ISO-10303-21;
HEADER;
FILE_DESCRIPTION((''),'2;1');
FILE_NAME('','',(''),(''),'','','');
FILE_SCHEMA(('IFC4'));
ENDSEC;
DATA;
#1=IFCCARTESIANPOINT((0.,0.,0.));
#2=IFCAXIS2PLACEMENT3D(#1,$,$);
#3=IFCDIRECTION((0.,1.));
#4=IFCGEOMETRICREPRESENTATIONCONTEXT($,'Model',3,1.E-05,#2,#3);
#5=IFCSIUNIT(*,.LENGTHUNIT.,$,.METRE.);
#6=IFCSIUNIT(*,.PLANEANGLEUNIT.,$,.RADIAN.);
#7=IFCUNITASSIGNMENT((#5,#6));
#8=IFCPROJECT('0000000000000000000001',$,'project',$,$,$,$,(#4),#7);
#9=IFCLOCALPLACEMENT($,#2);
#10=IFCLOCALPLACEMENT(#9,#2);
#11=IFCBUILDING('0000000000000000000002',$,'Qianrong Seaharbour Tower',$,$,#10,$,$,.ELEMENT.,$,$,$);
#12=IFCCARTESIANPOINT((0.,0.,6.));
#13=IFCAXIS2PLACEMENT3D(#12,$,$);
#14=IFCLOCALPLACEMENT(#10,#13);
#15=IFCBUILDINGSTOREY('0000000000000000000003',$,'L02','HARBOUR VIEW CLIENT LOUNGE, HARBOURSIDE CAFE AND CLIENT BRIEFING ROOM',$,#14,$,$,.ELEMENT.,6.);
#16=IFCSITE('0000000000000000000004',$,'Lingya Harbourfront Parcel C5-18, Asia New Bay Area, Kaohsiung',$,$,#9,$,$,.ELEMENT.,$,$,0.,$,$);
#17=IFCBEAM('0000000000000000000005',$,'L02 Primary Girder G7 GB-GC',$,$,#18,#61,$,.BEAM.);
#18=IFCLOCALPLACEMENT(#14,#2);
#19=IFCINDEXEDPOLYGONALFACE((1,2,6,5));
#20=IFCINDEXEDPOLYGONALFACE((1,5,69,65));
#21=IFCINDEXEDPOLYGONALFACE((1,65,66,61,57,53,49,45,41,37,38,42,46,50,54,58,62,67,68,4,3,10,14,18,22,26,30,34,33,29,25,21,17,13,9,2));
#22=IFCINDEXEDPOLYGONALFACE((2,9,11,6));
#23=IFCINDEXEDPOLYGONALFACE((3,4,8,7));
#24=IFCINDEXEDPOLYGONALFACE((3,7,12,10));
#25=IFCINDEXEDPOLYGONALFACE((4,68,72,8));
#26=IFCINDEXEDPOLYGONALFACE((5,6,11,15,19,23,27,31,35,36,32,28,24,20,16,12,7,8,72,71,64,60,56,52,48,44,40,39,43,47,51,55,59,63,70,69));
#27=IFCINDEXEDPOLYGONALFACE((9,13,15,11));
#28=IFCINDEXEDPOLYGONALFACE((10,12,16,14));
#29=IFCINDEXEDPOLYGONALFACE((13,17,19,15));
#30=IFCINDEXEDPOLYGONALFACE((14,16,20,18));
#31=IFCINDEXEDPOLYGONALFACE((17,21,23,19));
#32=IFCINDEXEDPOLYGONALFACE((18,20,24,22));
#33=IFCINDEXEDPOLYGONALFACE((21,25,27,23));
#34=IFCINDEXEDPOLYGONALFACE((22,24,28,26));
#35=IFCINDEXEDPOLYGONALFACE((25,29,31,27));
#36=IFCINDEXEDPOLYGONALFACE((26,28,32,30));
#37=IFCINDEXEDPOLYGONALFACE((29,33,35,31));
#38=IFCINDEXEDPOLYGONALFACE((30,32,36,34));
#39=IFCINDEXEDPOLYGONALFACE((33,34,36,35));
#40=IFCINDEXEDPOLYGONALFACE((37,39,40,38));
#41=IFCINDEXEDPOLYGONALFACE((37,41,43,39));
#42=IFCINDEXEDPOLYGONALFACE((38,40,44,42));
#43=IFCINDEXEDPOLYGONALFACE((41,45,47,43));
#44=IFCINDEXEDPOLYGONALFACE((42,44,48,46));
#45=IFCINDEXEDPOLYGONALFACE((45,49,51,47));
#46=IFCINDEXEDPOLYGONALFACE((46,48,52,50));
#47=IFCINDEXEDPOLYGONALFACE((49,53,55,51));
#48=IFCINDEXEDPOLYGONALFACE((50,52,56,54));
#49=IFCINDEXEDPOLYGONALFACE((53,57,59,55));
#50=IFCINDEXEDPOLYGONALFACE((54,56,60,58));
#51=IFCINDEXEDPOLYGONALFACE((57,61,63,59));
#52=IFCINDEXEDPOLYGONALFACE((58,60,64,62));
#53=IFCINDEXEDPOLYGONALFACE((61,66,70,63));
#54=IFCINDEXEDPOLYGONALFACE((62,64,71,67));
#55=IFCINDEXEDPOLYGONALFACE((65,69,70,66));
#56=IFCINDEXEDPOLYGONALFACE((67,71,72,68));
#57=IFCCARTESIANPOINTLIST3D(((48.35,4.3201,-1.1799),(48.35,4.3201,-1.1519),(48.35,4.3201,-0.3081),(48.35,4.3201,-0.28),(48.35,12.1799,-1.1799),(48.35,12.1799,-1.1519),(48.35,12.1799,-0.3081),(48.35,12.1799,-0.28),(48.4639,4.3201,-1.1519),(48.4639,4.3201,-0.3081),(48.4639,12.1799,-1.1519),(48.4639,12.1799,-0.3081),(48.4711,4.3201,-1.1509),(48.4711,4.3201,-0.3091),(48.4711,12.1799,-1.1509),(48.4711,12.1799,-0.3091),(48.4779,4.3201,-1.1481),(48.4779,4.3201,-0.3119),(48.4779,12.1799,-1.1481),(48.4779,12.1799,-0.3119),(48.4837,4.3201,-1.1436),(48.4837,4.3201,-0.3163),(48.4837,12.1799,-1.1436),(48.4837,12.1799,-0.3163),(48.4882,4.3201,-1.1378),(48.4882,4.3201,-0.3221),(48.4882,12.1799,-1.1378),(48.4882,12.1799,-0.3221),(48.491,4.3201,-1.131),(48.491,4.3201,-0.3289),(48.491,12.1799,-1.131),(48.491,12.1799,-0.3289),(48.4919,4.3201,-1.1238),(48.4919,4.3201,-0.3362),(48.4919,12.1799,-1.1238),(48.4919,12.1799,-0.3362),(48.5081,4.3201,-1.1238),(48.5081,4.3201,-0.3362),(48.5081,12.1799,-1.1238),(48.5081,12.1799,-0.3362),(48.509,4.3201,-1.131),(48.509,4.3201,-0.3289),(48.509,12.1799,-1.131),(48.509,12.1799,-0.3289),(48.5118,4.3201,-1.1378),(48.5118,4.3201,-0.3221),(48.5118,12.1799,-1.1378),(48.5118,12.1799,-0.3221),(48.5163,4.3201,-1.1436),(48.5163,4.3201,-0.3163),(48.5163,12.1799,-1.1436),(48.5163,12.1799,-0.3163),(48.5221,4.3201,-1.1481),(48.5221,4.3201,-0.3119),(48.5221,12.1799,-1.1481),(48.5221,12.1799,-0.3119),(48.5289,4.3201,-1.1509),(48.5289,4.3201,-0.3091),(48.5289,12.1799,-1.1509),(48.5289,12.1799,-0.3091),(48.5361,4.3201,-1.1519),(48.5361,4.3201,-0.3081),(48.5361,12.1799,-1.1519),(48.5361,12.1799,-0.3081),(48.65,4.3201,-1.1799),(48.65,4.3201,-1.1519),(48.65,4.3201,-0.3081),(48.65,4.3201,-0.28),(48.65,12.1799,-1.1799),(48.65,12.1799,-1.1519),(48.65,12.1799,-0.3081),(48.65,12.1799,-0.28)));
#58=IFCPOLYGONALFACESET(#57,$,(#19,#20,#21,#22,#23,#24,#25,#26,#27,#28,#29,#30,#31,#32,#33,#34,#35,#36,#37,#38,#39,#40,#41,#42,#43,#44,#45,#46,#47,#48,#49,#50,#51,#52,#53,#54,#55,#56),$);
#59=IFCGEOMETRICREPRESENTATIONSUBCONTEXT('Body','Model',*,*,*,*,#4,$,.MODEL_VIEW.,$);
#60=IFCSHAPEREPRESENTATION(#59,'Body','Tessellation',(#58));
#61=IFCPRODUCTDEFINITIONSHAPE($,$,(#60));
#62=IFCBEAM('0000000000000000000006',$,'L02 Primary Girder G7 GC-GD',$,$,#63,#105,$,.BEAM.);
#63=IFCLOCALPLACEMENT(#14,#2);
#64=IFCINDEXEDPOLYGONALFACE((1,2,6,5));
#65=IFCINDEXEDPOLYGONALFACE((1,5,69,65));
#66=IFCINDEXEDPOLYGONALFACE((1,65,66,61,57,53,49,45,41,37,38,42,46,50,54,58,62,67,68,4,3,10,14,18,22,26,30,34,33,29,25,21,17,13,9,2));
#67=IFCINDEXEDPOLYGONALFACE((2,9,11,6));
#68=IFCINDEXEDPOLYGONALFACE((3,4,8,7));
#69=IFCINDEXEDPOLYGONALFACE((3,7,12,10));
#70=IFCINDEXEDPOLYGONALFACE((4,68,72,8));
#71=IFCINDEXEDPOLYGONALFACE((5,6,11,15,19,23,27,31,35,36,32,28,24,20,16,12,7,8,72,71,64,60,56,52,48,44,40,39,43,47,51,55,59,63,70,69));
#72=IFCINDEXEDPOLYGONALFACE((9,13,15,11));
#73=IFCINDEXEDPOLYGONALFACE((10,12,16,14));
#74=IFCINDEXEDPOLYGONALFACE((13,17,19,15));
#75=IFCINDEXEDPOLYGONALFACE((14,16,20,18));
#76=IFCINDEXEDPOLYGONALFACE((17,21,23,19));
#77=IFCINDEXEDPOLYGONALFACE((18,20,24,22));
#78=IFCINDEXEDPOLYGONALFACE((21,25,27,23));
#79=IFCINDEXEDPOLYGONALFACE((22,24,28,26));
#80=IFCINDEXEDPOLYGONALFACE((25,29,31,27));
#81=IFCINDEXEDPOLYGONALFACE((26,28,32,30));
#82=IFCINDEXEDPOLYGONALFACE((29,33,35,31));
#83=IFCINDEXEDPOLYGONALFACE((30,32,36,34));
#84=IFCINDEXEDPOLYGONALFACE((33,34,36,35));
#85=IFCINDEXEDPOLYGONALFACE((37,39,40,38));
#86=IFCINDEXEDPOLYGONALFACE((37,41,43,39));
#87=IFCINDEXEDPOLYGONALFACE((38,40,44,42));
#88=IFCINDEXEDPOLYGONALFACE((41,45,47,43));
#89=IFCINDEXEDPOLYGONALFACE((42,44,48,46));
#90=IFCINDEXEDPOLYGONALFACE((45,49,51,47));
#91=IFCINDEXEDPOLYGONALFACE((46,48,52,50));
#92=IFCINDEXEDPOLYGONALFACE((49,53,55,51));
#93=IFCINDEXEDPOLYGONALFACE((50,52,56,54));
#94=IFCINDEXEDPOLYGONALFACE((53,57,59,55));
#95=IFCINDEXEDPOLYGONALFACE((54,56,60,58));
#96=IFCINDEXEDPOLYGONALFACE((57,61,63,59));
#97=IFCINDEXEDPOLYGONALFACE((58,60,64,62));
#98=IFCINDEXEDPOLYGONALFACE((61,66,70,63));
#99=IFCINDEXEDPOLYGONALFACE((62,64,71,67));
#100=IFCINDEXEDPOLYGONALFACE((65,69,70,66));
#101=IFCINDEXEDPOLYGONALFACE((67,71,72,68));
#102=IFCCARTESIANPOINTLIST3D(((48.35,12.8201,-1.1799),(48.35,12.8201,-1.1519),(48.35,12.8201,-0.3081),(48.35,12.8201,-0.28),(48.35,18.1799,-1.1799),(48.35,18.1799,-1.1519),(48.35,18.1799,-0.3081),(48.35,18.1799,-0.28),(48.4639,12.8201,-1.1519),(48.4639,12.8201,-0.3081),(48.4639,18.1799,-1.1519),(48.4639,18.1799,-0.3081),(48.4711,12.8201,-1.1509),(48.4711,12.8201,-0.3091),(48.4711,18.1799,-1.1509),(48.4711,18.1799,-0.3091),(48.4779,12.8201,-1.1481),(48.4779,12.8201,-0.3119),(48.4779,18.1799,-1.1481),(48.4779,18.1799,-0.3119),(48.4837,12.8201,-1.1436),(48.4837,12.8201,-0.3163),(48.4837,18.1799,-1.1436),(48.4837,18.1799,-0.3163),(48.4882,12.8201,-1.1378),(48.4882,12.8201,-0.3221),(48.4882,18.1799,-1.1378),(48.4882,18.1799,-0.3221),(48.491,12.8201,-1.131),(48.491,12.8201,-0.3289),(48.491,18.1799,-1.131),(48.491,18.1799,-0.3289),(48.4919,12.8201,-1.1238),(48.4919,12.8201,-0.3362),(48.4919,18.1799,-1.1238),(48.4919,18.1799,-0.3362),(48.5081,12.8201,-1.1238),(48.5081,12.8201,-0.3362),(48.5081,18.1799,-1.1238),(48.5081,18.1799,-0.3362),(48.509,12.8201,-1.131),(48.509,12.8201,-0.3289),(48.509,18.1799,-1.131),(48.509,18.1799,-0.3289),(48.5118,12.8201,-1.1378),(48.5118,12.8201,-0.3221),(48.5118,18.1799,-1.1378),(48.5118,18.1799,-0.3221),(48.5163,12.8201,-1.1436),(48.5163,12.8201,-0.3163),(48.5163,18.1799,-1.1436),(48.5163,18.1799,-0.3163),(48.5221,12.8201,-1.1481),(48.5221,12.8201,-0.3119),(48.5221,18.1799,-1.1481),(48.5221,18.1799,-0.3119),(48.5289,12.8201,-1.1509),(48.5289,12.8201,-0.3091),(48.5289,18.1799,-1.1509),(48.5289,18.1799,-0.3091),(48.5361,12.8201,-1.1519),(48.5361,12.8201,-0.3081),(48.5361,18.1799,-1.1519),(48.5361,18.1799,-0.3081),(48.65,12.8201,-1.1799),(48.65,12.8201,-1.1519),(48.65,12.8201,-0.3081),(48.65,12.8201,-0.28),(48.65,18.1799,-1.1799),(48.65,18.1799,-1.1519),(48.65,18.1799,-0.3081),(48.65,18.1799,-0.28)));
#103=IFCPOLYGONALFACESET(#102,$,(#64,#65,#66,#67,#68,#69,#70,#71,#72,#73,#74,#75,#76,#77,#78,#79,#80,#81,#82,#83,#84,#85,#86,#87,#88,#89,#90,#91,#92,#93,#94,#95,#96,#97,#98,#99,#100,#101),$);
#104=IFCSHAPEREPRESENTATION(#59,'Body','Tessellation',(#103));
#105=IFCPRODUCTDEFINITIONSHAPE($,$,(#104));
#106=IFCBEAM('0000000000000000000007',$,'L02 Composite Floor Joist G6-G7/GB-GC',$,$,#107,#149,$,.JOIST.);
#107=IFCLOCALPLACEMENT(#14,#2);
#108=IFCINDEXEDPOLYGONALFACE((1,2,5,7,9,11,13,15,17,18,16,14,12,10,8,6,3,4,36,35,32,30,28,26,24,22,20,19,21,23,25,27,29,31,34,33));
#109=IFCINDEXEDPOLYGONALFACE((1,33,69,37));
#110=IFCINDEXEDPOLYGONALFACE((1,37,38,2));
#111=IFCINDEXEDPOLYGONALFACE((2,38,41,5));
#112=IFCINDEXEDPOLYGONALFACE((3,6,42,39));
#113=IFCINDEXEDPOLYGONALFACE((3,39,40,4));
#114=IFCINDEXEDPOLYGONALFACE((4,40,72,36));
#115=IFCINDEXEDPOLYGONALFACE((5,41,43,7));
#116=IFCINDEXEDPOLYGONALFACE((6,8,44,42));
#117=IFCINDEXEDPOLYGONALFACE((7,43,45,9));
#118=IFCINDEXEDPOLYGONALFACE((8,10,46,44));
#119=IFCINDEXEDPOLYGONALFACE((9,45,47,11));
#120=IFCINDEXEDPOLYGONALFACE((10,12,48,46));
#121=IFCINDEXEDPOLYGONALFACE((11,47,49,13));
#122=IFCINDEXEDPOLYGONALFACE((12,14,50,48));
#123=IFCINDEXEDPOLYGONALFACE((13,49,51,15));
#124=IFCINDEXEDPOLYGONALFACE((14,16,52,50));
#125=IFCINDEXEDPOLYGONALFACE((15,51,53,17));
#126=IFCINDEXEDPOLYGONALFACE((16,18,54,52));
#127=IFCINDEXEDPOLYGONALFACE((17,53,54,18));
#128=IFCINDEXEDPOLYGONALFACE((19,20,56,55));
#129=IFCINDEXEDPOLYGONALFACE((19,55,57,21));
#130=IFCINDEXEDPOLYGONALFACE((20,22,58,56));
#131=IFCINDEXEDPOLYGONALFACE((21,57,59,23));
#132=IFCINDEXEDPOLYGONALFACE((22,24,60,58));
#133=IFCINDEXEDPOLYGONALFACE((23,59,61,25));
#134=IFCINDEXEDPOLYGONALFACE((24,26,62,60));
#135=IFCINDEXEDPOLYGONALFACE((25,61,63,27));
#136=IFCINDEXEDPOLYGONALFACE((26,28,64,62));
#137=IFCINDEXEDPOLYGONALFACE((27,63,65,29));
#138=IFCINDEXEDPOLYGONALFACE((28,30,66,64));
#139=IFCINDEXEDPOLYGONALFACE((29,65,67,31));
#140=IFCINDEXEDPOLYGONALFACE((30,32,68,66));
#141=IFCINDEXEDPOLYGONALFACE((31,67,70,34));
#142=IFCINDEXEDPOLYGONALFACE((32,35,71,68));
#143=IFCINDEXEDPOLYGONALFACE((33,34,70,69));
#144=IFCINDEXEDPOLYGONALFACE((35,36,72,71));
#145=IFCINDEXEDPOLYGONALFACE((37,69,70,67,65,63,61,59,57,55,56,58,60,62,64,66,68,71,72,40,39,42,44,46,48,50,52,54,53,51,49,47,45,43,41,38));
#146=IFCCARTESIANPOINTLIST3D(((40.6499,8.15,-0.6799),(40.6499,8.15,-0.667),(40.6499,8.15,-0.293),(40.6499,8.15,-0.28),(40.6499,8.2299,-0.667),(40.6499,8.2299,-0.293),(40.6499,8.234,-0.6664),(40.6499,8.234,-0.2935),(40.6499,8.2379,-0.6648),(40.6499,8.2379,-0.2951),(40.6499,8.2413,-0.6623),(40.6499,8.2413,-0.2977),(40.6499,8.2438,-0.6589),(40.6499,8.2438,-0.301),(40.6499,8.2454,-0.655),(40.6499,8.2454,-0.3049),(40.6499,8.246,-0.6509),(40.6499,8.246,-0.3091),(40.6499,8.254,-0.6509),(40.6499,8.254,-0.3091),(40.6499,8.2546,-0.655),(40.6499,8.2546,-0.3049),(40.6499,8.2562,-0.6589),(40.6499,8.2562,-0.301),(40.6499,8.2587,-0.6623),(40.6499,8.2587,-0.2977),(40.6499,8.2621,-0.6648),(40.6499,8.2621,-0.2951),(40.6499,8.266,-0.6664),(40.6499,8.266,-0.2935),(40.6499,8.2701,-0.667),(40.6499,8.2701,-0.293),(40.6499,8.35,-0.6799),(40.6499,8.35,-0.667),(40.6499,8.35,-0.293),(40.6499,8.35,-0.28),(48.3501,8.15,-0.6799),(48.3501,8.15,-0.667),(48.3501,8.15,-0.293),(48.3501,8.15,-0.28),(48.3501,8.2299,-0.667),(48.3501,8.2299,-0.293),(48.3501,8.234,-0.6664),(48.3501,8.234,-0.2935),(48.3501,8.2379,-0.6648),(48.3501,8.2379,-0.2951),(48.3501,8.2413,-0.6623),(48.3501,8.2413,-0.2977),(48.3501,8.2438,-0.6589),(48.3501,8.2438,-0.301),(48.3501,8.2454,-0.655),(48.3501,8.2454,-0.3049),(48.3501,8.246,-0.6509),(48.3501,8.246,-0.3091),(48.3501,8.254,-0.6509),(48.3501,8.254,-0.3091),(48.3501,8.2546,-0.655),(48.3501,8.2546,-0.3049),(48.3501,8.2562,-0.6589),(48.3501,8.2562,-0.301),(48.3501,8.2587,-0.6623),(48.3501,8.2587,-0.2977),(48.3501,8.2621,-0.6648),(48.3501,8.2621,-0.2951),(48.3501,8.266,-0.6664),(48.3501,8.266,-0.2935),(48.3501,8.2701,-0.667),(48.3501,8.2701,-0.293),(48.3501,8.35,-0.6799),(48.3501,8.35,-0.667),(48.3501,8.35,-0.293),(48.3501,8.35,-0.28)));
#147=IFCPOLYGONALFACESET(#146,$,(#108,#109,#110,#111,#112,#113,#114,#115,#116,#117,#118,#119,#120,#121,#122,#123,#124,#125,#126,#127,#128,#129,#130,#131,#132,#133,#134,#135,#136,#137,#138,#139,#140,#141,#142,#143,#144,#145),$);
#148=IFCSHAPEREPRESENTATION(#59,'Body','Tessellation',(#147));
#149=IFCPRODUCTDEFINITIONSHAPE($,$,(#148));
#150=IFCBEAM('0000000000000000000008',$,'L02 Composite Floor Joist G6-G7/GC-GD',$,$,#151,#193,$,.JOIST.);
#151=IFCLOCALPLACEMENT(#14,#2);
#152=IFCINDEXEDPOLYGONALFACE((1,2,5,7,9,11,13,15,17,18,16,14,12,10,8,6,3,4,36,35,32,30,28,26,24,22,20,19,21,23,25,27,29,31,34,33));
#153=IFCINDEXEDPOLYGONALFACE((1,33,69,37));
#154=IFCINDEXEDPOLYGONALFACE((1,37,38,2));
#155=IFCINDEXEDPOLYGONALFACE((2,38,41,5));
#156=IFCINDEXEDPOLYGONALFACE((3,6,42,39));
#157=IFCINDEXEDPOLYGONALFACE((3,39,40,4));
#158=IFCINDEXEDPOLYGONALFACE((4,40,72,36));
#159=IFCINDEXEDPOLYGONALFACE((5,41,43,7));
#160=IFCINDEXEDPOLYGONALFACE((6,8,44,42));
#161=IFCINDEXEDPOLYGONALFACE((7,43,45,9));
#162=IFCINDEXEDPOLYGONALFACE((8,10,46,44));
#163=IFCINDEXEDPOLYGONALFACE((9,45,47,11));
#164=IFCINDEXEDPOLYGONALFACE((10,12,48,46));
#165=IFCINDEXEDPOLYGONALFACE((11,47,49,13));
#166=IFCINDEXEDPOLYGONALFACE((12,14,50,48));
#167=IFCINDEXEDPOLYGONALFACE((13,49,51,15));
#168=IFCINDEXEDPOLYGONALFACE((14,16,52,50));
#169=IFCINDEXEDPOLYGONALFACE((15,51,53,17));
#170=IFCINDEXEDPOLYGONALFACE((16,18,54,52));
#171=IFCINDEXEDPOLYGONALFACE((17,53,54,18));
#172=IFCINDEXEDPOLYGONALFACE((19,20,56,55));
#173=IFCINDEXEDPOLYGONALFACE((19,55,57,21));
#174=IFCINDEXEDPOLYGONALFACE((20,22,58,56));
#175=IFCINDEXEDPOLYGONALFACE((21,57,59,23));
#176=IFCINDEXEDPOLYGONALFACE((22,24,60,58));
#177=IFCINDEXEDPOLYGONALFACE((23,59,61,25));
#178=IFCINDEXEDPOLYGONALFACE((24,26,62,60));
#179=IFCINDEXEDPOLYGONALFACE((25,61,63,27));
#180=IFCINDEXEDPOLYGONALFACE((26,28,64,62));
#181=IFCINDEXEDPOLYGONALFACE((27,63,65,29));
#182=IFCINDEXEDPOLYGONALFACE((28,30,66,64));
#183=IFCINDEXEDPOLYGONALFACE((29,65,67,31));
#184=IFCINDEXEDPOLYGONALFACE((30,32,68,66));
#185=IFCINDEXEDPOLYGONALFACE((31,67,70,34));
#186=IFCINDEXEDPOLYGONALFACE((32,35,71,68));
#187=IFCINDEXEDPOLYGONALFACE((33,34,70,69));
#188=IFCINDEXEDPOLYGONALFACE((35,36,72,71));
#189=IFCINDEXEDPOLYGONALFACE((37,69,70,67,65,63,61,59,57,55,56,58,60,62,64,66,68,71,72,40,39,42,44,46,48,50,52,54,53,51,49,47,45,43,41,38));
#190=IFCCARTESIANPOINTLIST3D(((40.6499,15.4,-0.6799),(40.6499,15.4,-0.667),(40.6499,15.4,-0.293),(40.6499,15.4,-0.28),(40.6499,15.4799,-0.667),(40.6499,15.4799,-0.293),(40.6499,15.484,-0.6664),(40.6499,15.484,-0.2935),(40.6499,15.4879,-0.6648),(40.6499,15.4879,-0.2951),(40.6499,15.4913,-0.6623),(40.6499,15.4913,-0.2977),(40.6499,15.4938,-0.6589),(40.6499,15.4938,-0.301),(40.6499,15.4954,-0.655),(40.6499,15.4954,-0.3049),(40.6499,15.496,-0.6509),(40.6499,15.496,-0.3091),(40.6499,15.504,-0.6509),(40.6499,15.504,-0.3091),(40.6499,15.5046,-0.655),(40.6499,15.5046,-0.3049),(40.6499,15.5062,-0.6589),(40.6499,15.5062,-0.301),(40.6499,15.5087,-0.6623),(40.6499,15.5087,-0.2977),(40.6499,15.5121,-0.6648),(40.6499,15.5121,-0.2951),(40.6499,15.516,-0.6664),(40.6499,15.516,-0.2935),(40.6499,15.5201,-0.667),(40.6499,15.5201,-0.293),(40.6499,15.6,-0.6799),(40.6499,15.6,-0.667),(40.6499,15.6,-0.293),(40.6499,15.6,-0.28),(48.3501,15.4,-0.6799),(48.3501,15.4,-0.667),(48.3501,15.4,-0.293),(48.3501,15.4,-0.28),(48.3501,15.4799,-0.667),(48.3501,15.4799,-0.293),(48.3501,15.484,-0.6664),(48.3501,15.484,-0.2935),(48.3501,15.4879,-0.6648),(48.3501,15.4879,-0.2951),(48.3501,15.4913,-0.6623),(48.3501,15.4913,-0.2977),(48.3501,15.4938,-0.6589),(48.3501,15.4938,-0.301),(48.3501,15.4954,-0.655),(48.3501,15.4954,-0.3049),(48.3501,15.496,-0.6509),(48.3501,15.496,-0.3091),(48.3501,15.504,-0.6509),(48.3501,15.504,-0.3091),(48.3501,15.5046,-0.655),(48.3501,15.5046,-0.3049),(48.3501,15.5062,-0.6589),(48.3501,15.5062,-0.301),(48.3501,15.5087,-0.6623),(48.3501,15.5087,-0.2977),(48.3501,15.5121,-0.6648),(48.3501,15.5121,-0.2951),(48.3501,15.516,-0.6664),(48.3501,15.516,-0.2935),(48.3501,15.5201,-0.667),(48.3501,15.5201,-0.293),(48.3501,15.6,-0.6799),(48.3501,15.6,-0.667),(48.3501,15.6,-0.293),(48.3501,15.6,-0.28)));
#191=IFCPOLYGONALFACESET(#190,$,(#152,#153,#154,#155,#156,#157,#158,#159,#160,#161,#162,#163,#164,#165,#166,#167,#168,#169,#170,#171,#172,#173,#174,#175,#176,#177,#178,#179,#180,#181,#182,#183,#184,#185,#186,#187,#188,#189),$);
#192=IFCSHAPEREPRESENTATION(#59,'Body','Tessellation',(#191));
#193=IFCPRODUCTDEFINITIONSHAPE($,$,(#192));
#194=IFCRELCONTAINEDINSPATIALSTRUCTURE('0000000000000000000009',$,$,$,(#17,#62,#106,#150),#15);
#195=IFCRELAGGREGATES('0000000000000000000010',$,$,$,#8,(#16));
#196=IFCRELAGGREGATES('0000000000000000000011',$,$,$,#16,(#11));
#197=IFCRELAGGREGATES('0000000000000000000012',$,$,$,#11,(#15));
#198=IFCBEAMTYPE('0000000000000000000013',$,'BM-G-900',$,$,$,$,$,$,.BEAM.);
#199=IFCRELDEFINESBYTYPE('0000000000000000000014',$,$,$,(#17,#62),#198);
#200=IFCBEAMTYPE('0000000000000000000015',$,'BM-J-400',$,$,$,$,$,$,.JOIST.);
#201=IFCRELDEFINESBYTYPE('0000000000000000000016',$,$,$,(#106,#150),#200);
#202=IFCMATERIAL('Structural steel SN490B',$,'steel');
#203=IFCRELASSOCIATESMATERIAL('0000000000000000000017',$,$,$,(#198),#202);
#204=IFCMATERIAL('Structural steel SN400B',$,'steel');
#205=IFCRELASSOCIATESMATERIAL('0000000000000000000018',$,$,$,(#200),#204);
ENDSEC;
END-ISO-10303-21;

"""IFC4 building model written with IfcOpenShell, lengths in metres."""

from ifc_helpers import new_model, si_unit, direction, frame, origin, origin_2d, place, context, subcontext, project, spatial, i_section, extrude, material, material_profile, profile_set, type_object, element, save


model = new_model("IFC4")

# Units and contexts
model_context = context("Model", 3, precision=1e-05, world=origin(), true_north=direction((0.0, 1.0)))
body_context = subcontext(model_context, "Body", "Model", "MODEL_VIEW")
ifc_project = project(units=[si_unit("LENGTHUNIT", "METRE"), si_unit("PLANEANGLEUNIT", "RADIAN")], contexts=[model_context])

# Site, building, storey
site_placement = place(None, origin())
site = spatial("IfcSite", under=ifc_project, at=site_placement, Name="Lingya Harbourfront Parcel C5-18, Asia New Bay Area, Kaohsiung", CompositionType="ELEMENT", RefElevation=0.0)
building_placement = place(site_placement, origin())
building = spatial("IfcBuilding", under=site, at=building_placement, Name="Qianrong Seaharbour Tower", CompositionType="ELEMENT")
storey_placement = place(building_placement, frame((0.0, 0.0, 6.0)))
storey = spatial("IfcBuildingStorey", under=building, at=storey_placement, Name="L02", Description="HARBOUR VIEW CLIENT LOUNGE, HARBOURSIDE CAFE AND CLIENT BRIEFING ROOM", CompositionType="ELEMENT", Elevation=6.0)

# Shared definitions
ifc_material_1 = material(Name="Structural steel SN490B", Category="steel")

# Beams
ifc_material_profile_1 = material_profile(ifc_material_1, i_section(OverallWidth=0.3, OverallDepth=0.8999, WebThickness=0.0161, FlangeThickness=0.0281, FilletRadius=0.0281, at=origin_2d()), Name="H900x300x16x28")
ifc_profile_set_1 = profile_set([ifc_material_profile_1], Name="Structural steel SN490B")
beam_type_1 = type_object("IfcBeamType", Name="BM-G-900", PredefinedType="BEAM", material=ifc_profile_set_1)
beam_1_placement = place(storey_placement, frame((48.5, 4.3201, -0.73), z_axis=(0.0, 1.0, 0.0), x_axis=(-1.0, 0.0, 0.0)))
element("IfcBeam", 1, at=beam_1_placement, inside=storey, type_object=beam_type_1, Name="L02 Primary Girder G7 GB-GC", PredefinedType="BEAM", context=body_context, shape_type="SweptSolid", body=[
    extrude(i_section(OverallWidth=0.3, OverallDepth=0.8999, WebThickness=0.0161, FlangeThickness=0.0281, FilletRadius=0.0281, at=origin_2d()), origin(), (0.0, 0.0, 1.0), 7.8599),
])
beam_2_placement = place(storey_placement, frame((48.5, 12.8201, -0.73), z_axis=(0.0, 1.0, 0.0), x_axis=(-1.0, 0.0, 0.0)))
element("IfcBeam", 2, at=beam_2_placement, inside=storey, type_object=beam_type_1, Name="L02 Primary Girder G7 GC-GD", PredefinedType="BEAM", context=body_context, shape_type="SweptSolid", body=[
    extrude(i_section(OverallWidth=0.3, OverallDepth=0.8999, WebThickness=0.0161, FlangeThickness=0.0281, FilletRadius=0.0281, at=origin_2d()), origin(), (0.0, 0.0, 1.0), 5.3599),
])
ifc_material_2 = material(Name="Structural steel SN400B", Category="steel")
ifc_material_profile_2 = material_profile(ifc_material_2, i_section(OverallWidth=0.2, OverallDepth=0.3999, WebThickness=0.0081, FlangeThickness=0.0129, FilletRadius=0.0161, at=origin_2d()), Name="H400x200x8x13")
ifc_profile_set_2 = profile_set([ifc_material_profile_2], Name="Structural steel SN400B")
beam_type_2 = type_object("IfcBeamType", Name="BM-J-400", PredefinedType="JOIST", material=ifc_profile_set_2)
for number, where, z_axis, x_axis, name in (
    (3, (40.6499, 8.25, -0.48), (1.0, 0.0, 0.0), (0.0, 1.0, 0.0), "L02 Composite Floor Joist G6-G7/GB-GC"),
    (4, (40.6499, 15.5, -0.48), (1.0, 0.0, 0.0), (0.0, 1.0, 0.0), "L02 Composite Floor Joist G6-G7/GC-GD"),
):
    element("IfcBeam", number, at=place(storey_placement, frame(where, z_axis=z_axis, x_axis=x_axis)), inside=storey, type_object=beam_type_2, Name=name, PredefinedType="JOIST", context=body_context, shape_type="SweptSolid", body=[
        extrude(i_section(OverallWidth=0.2, OverallDepth=0.3999, WebThickness=0.0081, FlangeThickness=0.0129, FilletRadius=0.0161, at=origin_2d()), origin(), (0.0, 0.0, 1.0), 7.7002),
    ])

save(model, "model.ifc")
